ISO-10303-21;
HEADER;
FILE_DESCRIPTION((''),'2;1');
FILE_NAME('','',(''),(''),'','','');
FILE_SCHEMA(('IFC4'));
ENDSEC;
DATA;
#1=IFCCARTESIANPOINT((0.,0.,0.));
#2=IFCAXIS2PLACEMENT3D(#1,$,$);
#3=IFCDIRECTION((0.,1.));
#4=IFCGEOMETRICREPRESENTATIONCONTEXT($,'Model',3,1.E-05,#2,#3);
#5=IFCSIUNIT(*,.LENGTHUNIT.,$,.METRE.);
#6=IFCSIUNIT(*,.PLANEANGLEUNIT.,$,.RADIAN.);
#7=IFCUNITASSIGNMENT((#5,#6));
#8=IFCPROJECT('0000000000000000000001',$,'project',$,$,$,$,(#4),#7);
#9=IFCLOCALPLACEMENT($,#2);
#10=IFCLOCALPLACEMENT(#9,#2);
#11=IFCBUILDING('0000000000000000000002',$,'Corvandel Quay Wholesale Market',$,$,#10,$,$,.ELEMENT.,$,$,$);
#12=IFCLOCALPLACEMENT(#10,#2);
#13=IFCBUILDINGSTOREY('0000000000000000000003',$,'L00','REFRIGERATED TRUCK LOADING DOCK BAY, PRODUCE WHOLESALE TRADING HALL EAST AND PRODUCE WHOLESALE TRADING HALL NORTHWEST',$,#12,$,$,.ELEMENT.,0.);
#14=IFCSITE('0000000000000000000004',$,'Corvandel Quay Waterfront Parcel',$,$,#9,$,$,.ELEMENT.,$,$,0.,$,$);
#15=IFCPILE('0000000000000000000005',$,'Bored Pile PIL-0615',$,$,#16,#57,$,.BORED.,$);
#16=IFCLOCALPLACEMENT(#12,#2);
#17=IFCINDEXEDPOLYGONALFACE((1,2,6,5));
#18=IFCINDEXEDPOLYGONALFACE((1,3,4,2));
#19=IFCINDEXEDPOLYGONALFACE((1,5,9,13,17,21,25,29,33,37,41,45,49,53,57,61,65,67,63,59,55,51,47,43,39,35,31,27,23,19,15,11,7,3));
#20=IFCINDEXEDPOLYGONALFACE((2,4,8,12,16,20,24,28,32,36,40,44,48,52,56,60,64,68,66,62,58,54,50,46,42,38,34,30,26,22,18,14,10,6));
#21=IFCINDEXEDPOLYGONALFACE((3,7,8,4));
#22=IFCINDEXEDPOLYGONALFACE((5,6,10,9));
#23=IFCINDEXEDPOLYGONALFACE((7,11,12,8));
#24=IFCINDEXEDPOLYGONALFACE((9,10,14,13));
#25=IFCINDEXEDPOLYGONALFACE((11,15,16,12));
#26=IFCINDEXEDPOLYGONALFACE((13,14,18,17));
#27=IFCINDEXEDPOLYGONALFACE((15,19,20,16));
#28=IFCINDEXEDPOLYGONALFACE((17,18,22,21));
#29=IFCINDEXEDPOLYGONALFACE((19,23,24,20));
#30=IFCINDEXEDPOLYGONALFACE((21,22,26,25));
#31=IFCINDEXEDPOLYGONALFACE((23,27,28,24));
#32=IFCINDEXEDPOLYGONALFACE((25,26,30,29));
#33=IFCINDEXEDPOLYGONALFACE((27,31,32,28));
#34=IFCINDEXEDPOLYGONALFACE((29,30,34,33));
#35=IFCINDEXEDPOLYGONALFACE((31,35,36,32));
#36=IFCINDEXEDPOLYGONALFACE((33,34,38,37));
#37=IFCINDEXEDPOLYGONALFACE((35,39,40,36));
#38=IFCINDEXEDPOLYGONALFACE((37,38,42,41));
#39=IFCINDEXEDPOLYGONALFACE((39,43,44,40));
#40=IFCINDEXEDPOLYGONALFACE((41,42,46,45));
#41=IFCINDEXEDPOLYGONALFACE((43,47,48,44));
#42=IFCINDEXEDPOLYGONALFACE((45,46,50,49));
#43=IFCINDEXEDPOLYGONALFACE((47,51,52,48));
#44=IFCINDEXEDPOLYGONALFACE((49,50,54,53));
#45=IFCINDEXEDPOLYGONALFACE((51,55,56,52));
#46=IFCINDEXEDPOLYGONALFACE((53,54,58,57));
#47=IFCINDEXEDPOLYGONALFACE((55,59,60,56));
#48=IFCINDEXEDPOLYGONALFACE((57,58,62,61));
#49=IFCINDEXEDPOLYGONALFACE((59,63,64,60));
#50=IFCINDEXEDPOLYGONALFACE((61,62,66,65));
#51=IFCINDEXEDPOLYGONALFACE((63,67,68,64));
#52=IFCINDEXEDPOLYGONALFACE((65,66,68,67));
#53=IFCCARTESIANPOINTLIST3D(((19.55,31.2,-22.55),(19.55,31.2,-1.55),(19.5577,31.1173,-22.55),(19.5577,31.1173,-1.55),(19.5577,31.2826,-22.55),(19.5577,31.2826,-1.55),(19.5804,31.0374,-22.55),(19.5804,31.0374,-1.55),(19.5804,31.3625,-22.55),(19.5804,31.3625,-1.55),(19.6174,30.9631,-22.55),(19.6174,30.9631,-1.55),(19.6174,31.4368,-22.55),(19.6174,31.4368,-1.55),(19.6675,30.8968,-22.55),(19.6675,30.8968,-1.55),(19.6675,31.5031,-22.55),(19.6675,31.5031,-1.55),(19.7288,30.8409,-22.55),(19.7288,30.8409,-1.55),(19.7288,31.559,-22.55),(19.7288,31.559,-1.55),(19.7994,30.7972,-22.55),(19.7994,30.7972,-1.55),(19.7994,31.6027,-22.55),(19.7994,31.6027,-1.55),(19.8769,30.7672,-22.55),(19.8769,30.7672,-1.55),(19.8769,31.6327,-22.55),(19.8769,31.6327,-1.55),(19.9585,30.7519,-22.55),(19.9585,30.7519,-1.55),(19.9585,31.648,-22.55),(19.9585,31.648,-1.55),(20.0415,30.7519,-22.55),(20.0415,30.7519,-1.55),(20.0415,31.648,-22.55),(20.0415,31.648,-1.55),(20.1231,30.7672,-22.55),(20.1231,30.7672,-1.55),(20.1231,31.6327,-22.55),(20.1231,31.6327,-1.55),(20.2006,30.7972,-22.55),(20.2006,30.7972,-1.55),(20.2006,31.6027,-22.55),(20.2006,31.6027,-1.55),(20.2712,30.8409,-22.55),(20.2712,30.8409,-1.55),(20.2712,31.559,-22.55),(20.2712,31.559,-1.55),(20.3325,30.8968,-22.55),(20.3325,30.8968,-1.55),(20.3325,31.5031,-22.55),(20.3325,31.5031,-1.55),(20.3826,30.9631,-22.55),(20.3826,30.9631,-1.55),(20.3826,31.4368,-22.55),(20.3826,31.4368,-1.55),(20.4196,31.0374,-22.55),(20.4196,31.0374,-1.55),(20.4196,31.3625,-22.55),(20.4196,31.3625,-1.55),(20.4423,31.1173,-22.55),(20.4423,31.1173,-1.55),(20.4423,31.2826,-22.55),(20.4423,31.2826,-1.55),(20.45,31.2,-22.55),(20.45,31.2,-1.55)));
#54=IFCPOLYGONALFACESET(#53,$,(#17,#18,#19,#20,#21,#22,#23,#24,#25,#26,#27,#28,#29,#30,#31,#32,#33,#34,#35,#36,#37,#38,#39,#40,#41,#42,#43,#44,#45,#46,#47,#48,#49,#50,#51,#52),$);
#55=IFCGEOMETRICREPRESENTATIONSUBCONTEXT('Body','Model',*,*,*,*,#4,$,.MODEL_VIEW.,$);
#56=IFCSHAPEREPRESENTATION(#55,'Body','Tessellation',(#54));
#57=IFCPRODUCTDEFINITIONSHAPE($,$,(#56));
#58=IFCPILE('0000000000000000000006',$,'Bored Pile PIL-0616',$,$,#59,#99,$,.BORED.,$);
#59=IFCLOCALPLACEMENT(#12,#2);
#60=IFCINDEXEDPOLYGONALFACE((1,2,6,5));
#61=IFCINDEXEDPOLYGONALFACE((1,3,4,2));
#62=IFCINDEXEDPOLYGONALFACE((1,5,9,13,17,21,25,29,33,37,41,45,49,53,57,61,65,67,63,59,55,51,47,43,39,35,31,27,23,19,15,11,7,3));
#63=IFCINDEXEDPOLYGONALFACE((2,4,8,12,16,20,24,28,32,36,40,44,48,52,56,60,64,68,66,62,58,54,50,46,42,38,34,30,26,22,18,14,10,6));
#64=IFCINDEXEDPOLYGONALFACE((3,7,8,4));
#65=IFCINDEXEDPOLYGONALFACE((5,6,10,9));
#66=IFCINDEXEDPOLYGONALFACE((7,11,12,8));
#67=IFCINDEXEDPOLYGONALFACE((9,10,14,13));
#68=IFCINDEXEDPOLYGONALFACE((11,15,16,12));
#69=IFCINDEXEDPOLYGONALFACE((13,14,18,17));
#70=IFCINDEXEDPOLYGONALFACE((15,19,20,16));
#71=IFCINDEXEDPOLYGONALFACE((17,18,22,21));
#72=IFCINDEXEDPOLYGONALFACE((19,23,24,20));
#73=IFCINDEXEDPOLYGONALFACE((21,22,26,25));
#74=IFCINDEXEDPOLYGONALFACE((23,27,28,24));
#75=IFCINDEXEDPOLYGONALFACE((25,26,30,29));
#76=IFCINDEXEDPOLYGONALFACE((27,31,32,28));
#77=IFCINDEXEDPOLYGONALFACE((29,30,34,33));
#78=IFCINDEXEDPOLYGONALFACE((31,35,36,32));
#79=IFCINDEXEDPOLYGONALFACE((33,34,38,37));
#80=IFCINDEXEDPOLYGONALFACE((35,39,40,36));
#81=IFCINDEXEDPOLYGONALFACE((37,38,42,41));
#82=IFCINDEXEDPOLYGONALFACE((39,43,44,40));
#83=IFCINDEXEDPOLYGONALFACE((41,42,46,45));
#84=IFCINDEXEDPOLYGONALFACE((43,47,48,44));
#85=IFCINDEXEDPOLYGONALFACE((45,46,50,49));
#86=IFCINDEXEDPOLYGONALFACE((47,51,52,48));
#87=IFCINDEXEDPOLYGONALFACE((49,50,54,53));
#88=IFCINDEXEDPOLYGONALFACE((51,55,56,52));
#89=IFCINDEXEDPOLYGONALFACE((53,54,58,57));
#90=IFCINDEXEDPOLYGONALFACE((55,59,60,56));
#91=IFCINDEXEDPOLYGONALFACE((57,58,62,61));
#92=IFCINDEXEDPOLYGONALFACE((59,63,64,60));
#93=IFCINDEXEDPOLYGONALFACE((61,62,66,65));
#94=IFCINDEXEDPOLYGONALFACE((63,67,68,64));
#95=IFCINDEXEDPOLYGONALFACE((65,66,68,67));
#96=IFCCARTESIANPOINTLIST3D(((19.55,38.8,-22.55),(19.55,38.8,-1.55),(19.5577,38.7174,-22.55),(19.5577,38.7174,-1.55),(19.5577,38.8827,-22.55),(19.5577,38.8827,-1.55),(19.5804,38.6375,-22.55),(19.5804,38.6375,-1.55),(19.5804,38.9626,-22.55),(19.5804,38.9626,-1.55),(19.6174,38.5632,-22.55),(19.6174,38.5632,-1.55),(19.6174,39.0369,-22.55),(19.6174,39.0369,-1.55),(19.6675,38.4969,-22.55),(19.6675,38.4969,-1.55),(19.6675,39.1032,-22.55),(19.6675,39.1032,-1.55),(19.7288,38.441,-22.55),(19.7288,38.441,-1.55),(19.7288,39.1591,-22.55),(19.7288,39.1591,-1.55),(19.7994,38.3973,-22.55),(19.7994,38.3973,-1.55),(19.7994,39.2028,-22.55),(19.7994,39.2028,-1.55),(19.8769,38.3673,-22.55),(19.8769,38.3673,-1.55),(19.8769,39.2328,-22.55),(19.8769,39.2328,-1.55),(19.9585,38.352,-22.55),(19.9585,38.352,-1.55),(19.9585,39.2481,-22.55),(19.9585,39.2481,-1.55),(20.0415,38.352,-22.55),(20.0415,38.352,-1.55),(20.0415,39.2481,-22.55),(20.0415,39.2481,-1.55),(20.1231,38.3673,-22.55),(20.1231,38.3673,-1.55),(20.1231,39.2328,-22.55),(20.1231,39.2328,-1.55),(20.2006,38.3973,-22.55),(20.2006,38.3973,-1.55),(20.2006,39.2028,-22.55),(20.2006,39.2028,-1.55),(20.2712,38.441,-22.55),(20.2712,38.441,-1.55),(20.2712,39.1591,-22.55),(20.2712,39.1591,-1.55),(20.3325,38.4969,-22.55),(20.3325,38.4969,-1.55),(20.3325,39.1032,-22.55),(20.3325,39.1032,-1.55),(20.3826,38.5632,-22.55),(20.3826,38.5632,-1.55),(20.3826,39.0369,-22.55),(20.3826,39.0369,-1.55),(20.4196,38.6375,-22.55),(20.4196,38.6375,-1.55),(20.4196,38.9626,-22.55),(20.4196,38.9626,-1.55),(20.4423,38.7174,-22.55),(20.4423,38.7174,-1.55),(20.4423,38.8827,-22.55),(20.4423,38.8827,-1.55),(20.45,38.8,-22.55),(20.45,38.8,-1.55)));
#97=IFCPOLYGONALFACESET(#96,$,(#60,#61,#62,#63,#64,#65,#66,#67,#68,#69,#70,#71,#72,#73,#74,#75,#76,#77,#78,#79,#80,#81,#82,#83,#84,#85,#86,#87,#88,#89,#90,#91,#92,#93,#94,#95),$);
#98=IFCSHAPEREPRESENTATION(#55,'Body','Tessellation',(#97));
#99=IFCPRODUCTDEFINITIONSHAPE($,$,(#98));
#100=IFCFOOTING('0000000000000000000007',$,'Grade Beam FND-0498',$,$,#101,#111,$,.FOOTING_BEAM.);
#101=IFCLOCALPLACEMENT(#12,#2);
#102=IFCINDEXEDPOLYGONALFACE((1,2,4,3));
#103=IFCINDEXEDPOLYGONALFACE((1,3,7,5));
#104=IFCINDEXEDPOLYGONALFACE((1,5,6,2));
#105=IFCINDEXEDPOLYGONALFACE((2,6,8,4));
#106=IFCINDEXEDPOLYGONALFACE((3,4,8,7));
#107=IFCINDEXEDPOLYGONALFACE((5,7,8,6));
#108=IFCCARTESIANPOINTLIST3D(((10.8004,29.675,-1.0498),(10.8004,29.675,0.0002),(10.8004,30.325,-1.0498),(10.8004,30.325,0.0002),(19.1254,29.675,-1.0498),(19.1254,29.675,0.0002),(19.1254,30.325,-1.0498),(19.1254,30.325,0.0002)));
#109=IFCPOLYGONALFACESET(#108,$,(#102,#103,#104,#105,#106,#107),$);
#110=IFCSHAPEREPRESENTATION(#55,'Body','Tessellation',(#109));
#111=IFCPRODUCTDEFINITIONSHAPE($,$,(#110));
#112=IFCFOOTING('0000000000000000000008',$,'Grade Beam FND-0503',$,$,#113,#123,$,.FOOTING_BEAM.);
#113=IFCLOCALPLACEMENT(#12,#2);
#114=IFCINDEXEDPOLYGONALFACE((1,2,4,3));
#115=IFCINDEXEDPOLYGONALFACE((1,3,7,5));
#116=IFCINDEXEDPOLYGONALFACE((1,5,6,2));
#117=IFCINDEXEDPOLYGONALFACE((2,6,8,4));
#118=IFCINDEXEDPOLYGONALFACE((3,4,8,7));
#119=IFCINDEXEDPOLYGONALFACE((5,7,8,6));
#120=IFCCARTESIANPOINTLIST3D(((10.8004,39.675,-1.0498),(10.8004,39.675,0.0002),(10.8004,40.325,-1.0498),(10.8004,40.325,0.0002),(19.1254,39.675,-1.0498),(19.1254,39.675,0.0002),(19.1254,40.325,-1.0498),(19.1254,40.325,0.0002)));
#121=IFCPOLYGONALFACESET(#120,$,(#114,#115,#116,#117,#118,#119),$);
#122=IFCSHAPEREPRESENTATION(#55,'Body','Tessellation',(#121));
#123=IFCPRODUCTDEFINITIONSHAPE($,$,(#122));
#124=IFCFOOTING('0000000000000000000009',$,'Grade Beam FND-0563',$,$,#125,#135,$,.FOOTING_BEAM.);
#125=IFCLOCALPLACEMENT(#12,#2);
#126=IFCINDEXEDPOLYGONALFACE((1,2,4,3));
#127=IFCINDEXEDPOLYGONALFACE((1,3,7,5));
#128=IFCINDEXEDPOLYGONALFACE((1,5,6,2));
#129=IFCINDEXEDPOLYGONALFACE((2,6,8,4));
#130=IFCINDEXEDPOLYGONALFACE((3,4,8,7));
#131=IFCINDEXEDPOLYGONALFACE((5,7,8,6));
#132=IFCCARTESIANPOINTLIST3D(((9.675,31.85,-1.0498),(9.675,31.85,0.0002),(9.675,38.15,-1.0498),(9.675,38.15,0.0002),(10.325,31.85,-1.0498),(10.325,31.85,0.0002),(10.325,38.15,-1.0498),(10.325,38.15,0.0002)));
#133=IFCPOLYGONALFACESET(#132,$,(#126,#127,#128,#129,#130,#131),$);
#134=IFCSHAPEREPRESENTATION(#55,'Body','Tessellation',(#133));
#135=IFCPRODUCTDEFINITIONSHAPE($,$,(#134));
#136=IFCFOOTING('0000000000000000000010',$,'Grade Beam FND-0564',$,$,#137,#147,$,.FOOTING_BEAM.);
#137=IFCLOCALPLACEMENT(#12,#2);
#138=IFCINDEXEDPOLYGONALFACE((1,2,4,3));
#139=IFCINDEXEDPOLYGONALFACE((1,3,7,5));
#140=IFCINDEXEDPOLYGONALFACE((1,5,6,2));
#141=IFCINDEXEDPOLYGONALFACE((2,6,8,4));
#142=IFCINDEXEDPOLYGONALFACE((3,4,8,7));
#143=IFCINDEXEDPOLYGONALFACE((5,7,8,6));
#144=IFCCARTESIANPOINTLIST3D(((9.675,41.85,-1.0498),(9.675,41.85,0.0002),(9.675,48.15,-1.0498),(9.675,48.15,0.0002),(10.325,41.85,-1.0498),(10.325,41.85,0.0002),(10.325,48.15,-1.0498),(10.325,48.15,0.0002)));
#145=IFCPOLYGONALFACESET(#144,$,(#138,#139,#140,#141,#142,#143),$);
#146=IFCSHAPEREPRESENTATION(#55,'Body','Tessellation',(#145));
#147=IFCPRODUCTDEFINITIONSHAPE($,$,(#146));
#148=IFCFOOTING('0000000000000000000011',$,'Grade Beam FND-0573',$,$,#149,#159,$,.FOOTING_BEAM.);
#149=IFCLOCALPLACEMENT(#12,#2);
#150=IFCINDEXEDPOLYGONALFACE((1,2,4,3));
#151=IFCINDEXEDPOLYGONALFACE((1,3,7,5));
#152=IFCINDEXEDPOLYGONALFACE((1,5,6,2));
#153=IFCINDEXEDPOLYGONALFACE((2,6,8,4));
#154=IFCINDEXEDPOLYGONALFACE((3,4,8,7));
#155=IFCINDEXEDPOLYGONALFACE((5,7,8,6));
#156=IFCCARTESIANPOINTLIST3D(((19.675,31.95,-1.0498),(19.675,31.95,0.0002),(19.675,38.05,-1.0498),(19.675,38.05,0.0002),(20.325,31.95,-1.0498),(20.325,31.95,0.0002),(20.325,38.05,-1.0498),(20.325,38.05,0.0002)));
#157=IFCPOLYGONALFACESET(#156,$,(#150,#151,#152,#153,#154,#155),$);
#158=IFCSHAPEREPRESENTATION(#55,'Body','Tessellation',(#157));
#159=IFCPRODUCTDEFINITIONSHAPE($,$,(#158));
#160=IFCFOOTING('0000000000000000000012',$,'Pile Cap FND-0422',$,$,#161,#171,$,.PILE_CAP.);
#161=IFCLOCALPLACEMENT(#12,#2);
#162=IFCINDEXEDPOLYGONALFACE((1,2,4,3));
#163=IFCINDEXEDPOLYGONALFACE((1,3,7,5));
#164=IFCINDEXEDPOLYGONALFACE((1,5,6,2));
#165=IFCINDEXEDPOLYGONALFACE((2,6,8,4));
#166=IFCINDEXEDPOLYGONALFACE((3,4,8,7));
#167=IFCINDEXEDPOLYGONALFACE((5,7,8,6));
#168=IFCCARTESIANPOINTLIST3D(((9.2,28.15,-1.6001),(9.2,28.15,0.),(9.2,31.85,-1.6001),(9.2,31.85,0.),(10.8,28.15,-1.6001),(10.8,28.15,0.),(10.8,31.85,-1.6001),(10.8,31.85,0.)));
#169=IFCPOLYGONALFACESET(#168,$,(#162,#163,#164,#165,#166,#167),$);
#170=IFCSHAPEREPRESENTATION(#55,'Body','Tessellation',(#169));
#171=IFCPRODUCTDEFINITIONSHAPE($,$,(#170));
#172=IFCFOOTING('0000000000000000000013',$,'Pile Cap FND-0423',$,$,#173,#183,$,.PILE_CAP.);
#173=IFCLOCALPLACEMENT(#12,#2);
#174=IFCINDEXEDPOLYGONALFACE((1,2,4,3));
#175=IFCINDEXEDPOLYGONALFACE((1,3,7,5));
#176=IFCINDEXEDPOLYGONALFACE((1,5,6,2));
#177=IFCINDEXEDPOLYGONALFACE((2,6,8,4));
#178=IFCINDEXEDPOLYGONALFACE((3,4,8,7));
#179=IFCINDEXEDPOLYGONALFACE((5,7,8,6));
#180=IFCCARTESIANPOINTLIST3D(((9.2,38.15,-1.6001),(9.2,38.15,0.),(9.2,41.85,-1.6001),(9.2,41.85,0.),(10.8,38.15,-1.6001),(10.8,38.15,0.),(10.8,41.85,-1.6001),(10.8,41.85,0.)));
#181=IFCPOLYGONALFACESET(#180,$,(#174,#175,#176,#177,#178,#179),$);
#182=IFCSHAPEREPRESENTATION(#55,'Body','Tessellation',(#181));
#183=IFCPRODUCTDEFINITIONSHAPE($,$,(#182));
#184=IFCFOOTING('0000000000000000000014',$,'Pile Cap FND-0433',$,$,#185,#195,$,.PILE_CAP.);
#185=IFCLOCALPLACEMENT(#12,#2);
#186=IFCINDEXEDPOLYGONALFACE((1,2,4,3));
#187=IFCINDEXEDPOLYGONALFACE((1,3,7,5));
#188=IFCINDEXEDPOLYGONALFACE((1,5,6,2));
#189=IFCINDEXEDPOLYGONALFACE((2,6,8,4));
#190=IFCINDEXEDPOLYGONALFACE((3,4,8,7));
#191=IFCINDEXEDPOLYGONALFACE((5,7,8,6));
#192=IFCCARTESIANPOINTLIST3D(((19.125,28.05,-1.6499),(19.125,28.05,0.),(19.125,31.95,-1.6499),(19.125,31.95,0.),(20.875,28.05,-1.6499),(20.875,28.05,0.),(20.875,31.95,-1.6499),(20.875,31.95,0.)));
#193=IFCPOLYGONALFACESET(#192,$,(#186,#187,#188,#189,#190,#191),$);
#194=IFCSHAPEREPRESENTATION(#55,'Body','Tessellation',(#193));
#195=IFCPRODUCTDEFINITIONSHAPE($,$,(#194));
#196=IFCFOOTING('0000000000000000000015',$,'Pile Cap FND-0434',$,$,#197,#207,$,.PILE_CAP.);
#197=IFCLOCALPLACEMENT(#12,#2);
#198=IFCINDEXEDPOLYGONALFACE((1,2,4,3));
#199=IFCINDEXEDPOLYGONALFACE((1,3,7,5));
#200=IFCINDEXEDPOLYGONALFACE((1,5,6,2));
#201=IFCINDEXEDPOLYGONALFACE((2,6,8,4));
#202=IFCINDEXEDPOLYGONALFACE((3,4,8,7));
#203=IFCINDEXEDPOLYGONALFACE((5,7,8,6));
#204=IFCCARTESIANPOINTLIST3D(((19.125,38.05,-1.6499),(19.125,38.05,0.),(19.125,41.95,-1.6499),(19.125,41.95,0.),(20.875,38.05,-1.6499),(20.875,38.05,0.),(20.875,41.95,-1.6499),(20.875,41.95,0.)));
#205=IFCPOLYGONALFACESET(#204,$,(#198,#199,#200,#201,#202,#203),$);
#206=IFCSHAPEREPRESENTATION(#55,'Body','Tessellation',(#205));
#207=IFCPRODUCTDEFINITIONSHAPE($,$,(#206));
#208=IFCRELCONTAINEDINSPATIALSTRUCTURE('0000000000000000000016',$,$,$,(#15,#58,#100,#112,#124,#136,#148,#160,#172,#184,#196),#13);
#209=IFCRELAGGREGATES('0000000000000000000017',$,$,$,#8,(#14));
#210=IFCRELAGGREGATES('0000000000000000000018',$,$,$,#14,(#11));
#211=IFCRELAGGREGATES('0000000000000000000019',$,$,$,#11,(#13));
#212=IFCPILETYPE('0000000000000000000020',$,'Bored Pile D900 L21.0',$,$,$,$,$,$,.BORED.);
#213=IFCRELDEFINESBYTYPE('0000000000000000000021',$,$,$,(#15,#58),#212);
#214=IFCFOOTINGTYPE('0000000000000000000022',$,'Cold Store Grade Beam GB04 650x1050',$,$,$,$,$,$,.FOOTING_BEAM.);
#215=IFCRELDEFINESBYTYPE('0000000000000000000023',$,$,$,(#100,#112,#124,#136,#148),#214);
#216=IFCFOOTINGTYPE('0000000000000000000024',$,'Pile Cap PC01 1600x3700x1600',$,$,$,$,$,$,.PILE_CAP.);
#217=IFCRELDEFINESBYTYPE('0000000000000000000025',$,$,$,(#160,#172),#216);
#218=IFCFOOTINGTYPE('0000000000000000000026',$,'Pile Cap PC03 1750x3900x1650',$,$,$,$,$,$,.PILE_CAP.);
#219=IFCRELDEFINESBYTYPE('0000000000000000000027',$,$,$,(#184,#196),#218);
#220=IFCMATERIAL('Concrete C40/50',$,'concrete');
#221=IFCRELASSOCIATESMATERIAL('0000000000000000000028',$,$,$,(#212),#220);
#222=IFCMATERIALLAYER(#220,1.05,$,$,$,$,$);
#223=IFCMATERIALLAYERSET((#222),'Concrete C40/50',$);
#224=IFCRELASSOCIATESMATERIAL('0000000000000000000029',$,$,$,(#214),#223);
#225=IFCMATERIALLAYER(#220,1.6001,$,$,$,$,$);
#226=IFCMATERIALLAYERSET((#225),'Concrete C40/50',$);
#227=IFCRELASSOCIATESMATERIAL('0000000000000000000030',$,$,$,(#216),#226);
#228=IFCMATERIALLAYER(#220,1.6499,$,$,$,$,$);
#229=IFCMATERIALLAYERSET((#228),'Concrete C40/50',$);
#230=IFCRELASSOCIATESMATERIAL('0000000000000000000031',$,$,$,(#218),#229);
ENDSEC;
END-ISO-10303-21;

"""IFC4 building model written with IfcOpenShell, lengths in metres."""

from ifc_helpers import new_model, si_unit, direction, frame, origin, origin_2d, place, context, subcontext, project, spatial, rectangle, circle, extrude, material, layer, layer_set, material_profile, profile_set, type_object, element, save


model = new_model("IFC4")

# Units and contexts
model_context = context("Model", 3, precision=1e-05, world=origin(), true_north=direction((0.0, 1.0)))
body_context = subcontext(model_context, "Body", "Model", "MODEL_VIEW")
ifc_project = project(units=[si_unit("LENGTHUNIT", "METRE"), si_unit("PLANEANGLEUNIT", "RADIAN")], contexts=[model_context])

# Site, building, storey
site_placement = place(None, origin())
site = spatial("IfcSite", under=ifc_project, at=site_placement, Name="Corvandel Quay Waterfront Parcel", CompositionType="ELEMENT", RefElevation=0.0)
building_placement = place(site_placement, origin())
building = spatial("IfcBuilding", under=site, at=building_placement, Name="Corvandel Quay Wholesale Market", CompositionType="ELEMENT")
storey_placement = place(building_placement, origin())
storey = spatial("IfcBuildingStorey", under=building, at=storey_placement, Name="L00", Description="REFRIGERATED TRUCK LOADING DOCK BAY, PRODUCE WHOLESALE TRADING HALL EAST AND PRODUCE WHOLESALE TRADING HALL NORTHWEST", CompositionType="ELEMENT", Elevation=0.0)

# Piles
ifc_material_1 = material(Name="Concrete C40/50", Category="concrete")
ifc_material_profile_1 = material_profile(ifc_material_1, circle(Radius=0.45, at=origin_2d()), Name="RC-PILE-D900")
ifc_profile_set_1 = profile_set([ifc_material_profile_1], Name="Concrete C40/50")
pile_type = type_object("IfcPileType", Name="Bored Pile D900 L21.0", PredefinedType="BORED", material=ifc_profile_set_1)
for number, where, z_axis, x_axis, name in (
    (1, (20.0, 31.2, -1.55), (0.0, 0.0, -1.0), (1.0, 0.0, 0.0), "Bored Pile PIL-0615"),
    (2, (20.0, 38.8, -1.55), (0.0, 0.0, -1.0), (1.0, 0.0, 0.0), "Bored Pile PIL-0616"),
):
    element("IfcPile", number, at=place(storey_placement, frame(where, z_axis=z_axis, x_axis=x_axis)), inside=storey, type_object=pile_type, Name=name, PredefinedType="BORED", context=body_context, shape_type="SweptSolid", body=[
        extrude(circle(Radius=0.45, at=origin_2d()), origin(), (0.0, 0.0, 1.0), 21.0),
    ])

# Footings
ifc_layer_1 = layer(ifc_material_1, 1.05)
ifc_layer_set_1 = layer_set([ifc_layer_1], Name="Concrete C40/50")
footing_type_1 = type_object("IfcFootingType", Name="Cold Store Grade Beam GB04 650x1050", PredefinedType="FOOTING_BEAM", material=ifc_layer_set_1)
for number, where, z_axis, x_axis, name in (
    (3, (14.9629, 30.0, -1.0498), (0.0, 0.0, 1.0), (1.0, 0.0, 0.0), "Grade Beam FND-0498"),
    (4, (14.9629, 40.0, -1.0498), (0.0, 0.0, 1.0), (1.0, 0.0, 0.0), "Grade Beam FND-0503"),
):
    element("IfcFooting", number, at=place(storey_placement, frame(where, z_axis=z_axis, x_axis=x_axis)), inside=storey, type_object=footing_type_1, Name=name, PredefinedType="FOOTING_BEAM", context=body_context, shape_type="SweptSolid", body=[
        extrude(rectangle(XDim=8.325, YDim=0.6499, at=origin_2d()), origin(), (0.0, 0.0, 1.0), 1.05),
    ])
for number, where, z_axis, x_axis, name in (
    (5, (10.0, 35.0, -1.0498), (0.0, 0.0, 1.0), (0.0, 1.0, 0.0), "Grade Beam FND-0563"),
    (6, (10.0, 45.0, -1.0498), (0.0, 0.0, 1.0), (0.0, 1.0, 0.0), "Grade Beam FND-0564"),
):
    element("IfcFooting", number, at=place(storey_placement, frame(where, z_axis=z_axis, x_axis=x_axis)), inside=storey, type_object=footing_type_1, Name=name, PredefinedType="FOOTING_BEAM", context=body_context, shape_type="SweptSolid", body=[
        extrude(rectangle(XDim=6.3, YDim=0.6499, at=origin_2d()), origin(), (0.0, 0.0, 1.0), 1.05),
    ])
footing_placement = place(storey_placement, frame((20.0, 35.0, -1.0498), z_axis=(0.0, 0.0, 1.0), x_axis=(0.0, 1.0, 0.0)))
element("IfcFooting", 7, at=footing_placement, inside=storey, type_object=footing_type_1, Name="Grade Beam FND-0573", PredefinedType="FOOTING_BEAM", context=body_context, shape_type="SweptSolid", body=[
    extrude(rectangle(XDim=6.1001, YDim=0.6499, at=origin_2d()), origin(), (0.0, 0.0, 1.0), 1.05),
])
ifc_layer_2 = layer(ifc_material_1, 1.6001)
ifc_layer_set_2 = layer_set([ifc_layer_2], Name="Concrete C40/50")
footing_type_2 = type_object("IfcFootingType", Name="Pile Cap PC01 1600x3700x1600", PredefinedType="PILE_CAP", material=ifc_layer_set_2)
for number, where, z_axis, x_axis, name in (
    (8, (10.0, 30.0, -1.6001), (0.0, 0.0, 1.0), (1.0, 0.0, 0.0), "Pile Cap FND-0422"),
    (9, (10.0, 40.0, -1.6001), (0.0, 0.0, 1.0), (1.0, 0.0, 0.0), "Pile Cap FND-0423"),
):
    element("IfcFooting", number, at=place(storey_placement, frame(where, z_axis=z_axis, x_axis=x_axis)), inside=storey, type_object=footing_type_2, Name=name, PredefinedType="PILE_CAP", context=body_context, shape_type="SweptSolid", body=[
        extrude(rectangle(XDim=1.6001, YDim=3.7, at=origin_2d()), origin(), (0.0, 0.0, 1.0), 1.6001),
    ])
ifc_layer_3 = layer(ifc_material_1, 1.6499)
ifc_layer_set_3 = layer_set([ifc_layer_3], Name="Concrete C40/50")
footing_type_3 = type_object("IfcFootingType", Name="Pile Cap PC03 1750x3900x1650", PredefinedType="PILE_CAP", material=ifc_layer_set_3)
for number, where, z_axis, x_axis, name in (
    (10, (20.0, 30.0, -1.6499), (0.0, 0.0, 1.0), (1.0, 0.0, 0.0), "Pile Cap FND-0433"),
    (11, (20.0, 40.0, -1.6499), (0.0, 0.0, 1.0), (1.0, 0.0, 0.0), "Pile Cap FND-0434"),
):
    element("IfcFooting", number, at=place(storey_placement, frame(where, z_axis=z_axis, x_axis=x_axis)), inside=storey, type_object=footing_type_3, Name=name, PredefinedType="PILE_CAP", context=body_context, shape_type="SweptSolid", body=[
        extrude(rectangle(XDim=1.75, YDim=3.8999, at=origin_2d()), origin(), (0.0, 0.0, 1.0), 1.6499),
    ])

save(model, "model.ifc")
